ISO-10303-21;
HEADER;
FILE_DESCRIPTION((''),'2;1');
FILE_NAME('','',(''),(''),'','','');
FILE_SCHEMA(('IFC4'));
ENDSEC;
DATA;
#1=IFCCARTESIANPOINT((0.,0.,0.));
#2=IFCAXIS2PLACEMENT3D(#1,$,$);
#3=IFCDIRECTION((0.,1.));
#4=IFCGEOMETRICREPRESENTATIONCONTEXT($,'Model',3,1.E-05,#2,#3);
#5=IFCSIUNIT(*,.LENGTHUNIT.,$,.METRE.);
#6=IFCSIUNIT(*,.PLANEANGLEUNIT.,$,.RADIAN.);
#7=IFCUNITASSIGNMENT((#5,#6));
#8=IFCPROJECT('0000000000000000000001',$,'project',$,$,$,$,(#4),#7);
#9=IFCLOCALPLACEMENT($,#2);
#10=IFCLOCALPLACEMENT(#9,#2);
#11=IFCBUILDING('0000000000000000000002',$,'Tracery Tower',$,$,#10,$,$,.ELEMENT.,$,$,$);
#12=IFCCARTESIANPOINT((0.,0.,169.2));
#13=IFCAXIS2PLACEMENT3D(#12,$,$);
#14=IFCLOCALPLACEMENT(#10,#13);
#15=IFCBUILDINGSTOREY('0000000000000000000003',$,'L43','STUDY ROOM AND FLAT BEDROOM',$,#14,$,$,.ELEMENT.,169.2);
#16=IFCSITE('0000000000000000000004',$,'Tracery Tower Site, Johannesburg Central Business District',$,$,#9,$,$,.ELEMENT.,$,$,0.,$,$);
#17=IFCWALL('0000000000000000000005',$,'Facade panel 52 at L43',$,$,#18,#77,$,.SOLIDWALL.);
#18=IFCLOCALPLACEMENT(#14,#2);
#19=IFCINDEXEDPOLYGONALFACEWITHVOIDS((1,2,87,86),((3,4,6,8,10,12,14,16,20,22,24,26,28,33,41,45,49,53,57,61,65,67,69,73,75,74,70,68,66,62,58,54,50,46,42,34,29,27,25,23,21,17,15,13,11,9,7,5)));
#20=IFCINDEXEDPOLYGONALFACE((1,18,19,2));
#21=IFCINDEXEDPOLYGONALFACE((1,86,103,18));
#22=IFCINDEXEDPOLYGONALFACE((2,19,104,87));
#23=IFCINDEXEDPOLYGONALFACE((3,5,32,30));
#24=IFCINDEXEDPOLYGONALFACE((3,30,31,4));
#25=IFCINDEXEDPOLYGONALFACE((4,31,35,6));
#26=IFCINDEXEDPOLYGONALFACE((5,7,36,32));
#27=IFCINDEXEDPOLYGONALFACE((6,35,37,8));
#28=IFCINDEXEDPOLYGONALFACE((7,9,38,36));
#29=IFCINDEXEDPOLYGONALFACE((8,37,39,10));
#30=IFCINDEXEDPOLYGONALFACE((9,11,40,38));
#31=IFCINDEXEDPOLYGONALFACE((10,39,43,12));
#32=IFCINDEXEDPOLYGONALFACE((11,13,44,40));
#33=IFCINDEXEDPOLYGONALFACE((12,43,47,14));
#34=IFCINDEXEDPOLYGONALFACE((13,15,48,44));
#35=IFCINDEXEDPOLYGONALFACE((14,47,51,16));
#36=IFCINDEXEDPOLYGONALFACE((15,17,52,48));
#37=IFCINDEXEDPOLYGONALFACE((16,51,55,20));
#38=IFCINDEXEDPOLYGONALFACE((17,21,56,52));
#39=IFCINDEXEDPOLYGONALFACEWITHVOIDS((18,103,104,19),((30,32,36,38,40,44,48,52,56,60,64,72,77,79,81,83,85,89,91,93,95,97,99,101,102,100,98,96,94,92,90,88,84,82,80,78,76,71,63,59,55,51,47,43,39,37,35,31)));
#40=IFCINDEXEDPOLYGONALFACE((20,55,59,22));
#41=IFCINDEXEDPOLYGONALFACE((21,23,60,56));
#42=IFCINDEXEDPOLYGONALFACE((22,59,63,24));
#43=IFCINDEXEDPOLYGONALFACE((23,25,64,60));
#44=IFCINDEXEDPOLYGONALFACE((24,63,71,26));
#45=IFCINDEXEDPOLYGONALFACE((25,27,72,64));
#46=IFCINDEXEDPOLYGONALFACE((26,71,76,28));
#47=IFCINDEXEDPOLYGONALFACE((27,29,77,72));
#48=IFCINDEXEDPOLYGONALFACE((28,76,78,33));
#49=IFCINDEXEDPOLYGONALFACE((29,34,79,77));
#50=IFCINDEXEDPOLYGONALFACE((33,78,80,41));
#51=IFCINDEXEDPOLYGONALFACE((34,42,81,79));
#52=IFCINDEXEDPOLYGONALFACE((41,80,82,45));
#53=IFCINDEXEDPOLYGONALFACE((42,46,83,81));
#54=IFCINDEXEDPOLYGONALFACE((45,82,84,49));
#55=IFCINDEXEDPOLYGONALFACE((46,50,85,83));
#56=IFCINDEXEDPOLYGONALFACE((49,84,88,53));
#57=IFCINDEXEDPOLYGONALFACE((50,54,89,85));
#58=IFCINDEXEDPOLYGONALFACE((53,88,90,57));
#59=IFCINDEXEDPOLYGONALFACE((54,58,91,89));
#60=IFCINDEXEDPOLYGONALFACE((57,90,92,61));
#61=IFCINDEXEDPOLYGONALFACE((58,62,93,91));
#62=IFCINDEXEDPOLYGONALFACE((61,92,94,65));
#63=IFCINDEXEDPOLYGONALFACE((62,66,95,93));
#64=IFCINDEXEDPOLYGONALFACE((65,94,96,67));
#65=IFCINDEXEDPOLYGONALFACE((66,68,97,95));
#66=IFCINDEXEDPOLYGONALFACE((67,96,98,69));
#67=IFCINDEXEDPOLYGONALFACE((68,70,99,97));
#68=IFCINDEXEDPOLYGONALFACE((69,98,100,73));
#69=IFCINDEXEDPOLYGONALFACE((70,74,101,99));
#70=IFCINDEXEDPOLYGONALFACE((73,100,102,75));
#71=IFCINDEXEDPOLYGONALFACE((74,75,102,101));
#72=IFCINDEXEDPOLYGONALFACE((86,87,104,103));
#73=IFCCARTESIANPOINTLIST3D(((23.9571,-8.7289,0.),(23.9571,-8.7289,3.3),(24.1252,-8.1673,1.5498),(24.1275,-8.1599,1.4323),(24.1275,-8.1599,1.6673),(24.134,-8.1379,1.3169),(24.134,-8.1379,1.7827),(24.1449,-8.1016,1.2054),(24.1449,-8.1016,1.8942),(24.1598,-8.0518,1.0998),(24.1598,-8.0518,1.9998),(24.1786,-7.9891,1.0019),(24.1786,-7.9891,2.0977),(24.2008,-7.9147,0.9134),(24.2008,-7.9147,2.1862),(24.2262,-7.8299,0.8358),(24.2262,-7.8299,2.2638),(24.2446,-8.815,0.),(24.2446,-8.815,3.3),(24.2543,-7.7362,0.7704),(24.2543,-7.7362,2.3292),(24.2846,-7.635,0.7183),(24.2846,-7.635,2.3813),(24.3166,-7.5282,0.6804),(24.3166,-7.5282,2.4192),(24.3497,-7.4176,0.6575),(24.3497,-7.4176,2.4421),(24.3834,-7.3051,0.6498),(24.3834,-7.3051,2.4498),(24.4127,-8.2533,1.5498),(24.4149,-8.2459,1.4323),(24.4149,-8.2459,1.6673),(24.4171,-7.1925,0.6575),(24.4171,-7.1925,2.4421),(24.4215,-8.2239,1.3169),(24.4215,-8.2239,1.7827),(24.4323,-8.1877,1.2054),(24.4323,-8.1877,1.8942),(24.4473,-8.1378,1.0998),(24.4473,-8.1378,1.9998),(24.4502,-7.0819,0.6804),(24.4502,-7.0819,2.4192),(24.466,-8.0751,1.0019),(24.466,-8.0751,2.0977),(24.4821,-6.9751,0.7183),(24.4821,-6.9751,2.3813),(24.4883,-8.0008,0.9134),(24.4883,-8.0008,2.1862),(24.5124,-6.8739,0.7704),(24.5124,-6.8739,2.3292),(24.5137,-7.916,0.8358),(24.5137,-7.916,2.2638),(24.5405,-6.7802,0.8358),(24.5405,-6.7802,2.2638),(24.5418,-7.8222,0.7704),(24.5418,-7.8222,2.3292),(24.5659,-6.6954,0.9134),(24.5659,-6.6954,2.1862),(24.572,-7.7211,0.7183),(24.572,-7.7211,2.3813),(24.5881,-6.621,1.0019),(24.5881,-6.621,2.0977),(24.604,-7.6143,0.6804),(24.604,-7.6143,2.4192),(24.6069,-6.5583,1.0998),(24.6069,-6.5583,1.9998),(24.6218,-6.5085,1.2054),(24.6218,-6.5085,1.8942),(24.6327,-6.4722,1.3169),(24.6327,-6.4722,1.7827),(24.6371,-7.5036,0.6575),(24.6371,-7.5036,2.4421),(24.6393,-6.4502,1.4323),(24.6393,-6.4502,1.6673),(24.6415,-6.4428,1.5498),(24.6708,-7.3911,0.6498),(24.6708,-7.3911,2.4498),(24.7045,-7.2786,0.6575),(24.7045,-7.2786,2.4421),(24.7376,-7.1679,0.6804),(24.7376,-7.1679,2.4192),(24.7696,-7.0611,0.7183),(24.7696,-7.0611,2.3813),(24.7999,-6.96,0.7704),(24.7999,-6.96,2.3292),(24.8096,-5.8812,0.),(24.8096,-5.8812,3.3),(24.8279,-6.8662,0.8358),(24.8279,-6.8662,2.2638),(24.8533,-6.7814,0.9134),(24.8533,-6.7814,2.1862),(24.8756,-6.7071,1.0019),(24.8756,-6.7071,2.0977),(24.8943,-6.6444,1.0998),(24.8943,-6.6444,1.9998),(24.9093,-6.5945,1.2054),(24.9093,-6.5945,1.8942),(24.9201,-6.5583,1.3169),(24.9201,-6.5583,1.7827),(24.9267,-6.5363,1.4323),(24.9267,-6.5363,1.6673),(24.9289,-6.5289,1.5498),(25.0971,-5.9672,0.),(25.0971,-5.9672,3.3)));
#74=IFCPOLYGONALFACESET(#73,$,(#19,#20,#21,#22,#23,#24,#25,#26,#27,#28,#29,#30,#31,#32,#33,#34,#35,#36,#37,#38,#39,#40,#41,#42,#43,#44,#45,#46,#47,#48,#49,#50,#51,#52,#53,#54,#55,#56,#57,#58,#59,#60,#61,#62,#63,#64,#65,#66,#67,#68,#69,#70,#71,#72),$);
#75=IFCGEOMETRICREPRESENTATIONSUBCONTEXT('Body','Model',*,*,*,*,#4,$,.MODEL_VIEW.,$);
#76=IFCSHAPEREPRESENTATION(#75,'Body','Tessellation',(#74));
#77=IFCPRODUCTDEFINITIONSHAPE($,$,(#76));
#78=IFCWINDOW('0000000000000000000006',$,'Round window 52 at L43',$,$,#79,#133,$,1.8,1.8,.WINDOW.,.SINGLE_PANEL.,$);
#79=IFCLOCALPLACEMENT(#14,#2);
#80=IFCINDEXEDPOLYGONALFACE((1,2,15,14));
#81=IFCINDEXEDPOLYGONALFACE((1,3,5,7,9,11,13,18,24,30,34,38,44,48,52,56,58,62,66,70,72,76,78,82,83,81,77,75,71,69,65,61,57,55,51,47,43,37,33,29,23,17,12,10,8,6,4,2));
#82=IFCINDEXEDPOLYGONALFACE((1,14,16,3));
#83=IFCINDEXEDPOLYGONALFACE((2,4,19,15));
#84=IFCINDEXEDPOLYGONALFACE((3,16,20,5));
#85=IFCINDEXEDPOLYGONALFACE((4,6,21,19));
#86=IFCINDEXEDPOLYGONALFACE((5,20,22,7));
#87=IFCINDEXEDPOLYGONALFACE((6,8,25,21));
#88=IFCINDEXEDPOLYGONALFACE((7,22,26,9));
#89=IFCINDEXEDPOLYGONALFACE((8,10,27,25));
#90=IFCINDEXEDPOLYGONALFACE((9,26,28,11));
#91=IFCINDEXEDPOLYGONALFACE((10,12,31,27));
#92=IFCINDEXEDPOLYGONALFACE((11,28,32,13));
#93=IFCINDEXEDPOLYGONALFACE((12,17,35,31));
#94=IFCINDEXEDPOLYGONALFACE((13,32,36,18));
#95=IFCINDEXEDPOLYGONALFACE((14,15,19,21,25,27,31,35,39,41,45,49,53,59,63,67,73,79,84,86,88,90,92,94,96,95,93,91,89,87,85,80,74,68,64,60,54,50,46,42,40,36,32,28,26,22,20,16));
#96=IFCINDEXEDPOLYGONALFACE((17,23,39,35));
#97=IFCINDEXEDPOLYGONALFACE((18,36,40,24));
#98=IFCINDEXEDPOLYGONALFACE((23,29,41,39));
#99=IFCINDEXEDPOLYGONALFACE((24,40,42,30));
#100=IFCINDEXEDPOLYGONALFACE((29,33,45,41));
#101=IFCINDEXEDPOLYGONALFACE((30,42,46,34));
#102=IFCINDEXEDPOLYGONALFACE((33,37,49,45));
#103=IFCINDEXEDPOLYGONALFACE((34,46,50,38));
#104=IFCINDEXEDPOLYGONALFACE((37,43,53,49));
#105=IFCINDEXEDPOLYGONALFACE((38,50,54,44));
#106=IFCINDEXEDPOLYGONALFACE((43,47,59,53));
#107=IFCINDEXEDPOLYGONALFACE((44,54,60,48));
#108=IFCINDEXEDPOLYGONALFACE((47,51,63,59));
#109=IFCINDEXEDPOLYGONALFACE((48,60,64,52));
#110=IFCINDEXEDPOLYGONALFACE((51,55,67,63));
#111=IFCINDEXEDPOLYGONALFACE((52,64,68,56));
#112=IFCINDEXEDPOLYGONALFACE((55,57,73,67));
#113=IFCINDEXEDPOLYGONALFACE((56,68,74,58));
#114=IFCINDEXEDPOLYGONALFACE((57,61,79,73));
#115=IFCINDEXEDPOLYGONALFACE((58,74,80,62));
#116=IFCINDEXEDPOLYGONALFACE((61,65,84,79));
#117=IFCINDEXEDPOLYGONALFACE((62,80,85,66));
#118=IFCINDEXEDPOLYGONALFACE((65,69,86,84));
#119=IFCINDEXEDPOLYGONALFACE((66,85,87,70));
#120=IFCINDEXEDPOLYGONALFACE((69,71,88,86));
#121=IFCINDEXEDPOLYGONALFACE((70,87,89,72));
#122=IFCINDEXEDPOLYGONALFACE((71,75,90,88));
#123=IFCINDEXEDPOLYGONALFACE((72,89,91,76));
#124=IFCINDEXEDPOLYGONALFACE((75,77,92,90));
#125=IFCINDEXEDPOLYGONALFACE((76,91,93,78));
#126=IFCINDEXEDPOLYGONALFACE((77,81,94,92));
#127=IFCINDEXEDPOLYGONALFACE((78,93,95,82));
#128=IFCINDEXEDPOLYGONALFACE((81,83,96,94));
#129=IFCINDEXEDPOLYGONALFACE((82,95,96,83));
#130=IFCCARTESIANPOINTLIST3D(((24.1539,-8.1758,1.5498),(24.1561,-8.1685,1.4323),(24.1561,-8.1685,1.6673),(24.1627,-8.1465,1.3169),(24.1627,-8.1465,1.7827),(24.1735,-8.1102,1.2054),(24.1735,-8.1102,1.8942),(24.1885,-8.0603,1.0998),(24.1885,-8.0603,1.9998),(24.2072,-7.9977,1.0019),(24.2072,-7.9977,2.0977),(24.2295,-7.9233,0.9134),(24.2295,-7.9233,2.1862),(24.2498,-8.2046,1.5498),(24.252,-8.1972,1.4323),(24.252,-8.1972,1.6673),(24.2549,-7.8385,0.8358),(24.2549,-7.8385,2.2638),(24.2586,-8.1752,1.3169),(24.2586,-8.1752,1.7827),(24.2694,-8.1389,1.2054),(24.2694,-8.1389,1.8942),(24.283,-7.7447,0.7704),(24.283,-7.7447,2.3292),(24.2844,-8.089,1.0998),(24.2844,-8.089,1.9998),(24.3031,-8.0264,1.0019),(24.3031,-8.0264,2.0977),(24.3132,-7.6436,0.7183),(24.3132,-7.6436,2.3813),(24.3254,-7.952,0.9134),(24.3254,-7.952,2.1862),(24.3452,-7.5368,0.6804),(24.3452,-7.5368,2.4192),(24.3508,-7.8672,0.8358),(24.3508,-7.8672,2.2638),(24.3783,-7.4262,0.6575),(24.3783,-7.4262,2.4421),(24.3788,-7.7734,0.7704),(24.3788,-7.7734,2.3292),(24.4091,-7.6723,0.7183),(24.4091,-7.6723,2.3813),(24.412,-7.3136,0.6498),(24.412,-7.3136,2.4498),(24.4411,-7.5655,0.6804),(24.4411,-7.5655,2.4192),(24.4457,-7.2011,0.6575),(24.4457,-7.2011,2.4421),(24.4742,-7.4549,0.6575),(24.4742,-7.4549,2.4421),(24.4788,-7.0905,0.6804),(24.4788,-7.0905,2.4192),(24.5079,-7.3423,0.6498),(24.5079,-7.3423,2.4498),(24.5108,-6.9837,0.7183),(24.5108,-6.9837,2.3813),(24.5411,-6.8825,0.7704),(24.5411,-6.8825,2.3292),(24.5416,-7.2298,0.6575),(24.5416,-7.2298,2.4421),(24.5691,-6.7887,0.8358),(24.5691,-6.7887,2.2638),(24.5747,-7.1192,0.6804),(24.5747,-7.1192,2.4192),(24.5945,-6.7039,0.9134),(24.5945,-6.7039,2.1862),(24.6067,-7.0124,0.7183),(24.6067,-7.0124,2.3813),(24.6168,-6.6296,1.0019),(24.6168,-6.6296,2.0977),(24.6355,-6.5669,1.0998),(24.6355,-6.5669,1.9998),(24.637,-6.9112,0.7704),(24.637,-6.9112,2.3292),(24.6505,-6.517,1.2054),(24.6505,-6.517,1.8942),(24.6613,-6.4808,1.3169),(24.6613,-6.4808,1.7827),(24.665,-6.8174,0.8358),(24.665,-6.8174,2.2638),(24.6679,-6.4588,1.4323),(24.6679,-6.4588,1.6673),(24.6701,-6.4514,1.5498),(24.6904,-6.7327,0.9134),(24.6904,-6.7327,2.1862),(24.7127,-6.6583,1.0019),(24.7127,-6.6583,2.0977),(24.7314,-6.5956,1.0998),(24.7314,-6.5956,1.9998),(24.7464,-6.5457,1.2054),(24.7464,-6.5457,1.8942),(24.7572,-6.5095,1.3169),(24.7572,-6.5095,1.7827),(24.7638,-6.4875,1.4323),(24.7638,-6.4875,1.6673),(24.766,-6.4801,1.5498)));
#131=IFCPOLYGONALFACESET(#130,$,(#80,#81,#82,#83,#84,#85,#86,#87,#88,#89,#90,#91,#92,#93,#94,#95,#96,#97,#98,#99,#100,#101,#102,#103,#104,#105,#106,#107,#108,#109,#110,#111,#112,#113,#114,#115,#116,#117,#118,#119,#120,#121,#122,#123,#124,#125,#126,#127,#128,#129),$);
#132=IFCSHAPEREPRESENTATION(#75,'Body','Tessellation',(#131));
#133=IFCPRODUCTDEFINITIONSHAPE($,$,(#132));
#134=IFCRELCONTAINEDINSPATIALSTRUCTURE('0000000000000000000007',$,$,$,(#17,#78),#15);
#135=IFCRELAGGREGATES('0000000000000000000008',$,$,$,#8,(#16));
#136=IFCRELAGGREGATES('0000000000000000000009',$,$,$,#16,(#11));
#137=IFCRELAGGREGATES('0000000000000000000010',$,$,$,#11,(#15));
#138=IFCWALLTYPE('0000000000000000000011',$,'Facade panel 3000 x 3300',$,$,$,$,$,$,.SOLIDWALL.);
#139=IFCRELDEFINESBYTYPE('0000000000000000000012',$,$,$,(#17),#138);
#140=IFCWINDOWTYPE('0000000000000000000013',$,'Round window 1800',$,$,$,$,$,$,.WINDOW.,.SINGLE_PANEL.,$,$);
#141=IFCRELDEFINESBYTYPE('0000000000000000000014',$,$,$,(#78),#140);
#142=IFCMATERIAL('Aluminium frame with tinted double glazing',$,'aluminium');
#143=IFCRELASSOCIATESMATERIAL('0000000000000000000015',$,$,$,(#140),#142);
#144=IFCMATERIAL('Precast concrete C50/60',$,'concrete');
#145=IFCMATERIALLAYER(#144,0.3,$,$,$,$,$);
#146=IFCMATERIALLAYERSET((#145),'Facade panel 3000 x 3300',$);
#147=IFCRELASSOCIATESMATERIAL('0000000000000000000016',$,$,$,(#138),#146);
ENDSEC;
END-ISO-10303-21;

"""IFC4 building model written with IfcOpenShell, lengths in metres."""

from ifc_helpers import new_model, si_unit, direction, frame, frame_2d, origin, origin_2d, place, context, subcontext, project, spatial, rectangle, circle, extrude, material, layer, layer_set, type_object, element, fill, save


model = new_model("IFC4")

# Units and contexts
model_context = context("Model", 3, precision=1e-05, world=origin(), true_north=direction((0.0, 1.0)))
body_context = subcontext(model_context, "Body", "Model", "MODEL_VIEW")
ifc_project = project(units=[si_unit("LENGTHUNIT", "METRE"), si_unit("PLANEANGLEUNIT", "RADIAN")], contexts=[model_context])

# Site, building, storey
site_placement = place(None, origin())
site = spatial("IfcSite", under=ifc_project, at=site_placement, Name="Tracery Tower Site, Johannesburg Central Business District", CompositionType="ELEMENT", RefElevation=0.0)
building_placement = place(site_placement, origin())
building = spatial("IfcBuilding", under=site, at=building_placement, Name="Tracery Tower", CompositionType="ELEMENT")
storey_placement = place(building_placement, frame((0.0, 0.0, 169.2)))
storey = spatial("IfcBuildingStorey", under=building, at=storey_placement, Name="L43", Description="STUDY ROOM AND FLAT BEDROOM", CompositionType="ELEMENT", Elevation=169.2)

# Wall, opening, window
ifc_material_1 = material(Name="Aluminium frame with tinted double glazing", Category="aluminium")
window_type = type_object("IfcWindowType", Name="Round window 1800", PartitioningType="SINGLE_PANEL", PredefinedType="WINDOW", material=ifc_material_1)
ifc_material_2 = material(Name="Precast concrete C50/60", Category="concrete")
ifc_layer_1 = layer(ifc_material_2, 0.3)
ifc_layer_set_1 = layer_set([ifc_layer_1], Name="Facade panel 3000 x 3300")
wall_type_1 = type_object("IfcWallType", Name="Facade panel 3000 x 3300", PredefinedType="SOLIDWALL", material=ifc_layer_set_1)
wall_1_placement = place(storey_placement, frame((24.1008, -8.772, 0.0), z_axis=(0.0, 0.0, 1.0), x_axis=(0.286783, 0.957996, 0.0)))
wall_1 = element("IfcWall", 1, at=wall_1_placement, inside=storey, type_object=wall_type_1, Name="Facade panel 52 at L43", PredefinedType="SOLIDWALL", context=body_context, shape_type="SweptSolid", body=[
    extrude(rectangle(XDim=2.9727, YDim=0.3, at=frame_2d((1.4863, 0.0))), origin(), (0.0, 0.0, 1.0), 3.3),
])
opening_1_placement = place(wall_1_placement, frame((1.4863, 0.0, 1.5498)))
opening_1 = element("IfcOpeningElement", 2, at=opening_1_placement, cuts=wall_1, PredefinedType="OPENING", context=body_context, shape_type="SweptSolid", body=[
    extrude(circle(Radius=0.9, at=origin_2d()), frame((0.0, 0.1599, 0.0), z_axis=(0.0, -1.0, 0.0), x_axis=(1.0, 0.0, 0.0)), (0.0, 0.0, 1.0), 0.3201),
])
window_1_placement = place(opening_1_placement, origin())
window_1 = element("IfcWindow", 3, at=window_1_placement, inside=storey, type_object=window_type, Name="Round window 52 at L43", OverallHeight=1.8, OverallWidth=1.8, PartitioningType="SINGLE_PANEL", PredefinedType="WINDOW", context=body_context, shape_type="SweptSolid", body=[
    extrude(circle(Radius=0.9, at=origin_2d()), frame((0.0, 0.1201, 0.0), z_axis=(0.0, -1.0, 0.0), x_axis=(1.0, 0.0, 0.0)), (0.0, 0.0, 1.0), 0.1001),
])
fill(opening_1, window_1)

save(model, "model.ifc")
